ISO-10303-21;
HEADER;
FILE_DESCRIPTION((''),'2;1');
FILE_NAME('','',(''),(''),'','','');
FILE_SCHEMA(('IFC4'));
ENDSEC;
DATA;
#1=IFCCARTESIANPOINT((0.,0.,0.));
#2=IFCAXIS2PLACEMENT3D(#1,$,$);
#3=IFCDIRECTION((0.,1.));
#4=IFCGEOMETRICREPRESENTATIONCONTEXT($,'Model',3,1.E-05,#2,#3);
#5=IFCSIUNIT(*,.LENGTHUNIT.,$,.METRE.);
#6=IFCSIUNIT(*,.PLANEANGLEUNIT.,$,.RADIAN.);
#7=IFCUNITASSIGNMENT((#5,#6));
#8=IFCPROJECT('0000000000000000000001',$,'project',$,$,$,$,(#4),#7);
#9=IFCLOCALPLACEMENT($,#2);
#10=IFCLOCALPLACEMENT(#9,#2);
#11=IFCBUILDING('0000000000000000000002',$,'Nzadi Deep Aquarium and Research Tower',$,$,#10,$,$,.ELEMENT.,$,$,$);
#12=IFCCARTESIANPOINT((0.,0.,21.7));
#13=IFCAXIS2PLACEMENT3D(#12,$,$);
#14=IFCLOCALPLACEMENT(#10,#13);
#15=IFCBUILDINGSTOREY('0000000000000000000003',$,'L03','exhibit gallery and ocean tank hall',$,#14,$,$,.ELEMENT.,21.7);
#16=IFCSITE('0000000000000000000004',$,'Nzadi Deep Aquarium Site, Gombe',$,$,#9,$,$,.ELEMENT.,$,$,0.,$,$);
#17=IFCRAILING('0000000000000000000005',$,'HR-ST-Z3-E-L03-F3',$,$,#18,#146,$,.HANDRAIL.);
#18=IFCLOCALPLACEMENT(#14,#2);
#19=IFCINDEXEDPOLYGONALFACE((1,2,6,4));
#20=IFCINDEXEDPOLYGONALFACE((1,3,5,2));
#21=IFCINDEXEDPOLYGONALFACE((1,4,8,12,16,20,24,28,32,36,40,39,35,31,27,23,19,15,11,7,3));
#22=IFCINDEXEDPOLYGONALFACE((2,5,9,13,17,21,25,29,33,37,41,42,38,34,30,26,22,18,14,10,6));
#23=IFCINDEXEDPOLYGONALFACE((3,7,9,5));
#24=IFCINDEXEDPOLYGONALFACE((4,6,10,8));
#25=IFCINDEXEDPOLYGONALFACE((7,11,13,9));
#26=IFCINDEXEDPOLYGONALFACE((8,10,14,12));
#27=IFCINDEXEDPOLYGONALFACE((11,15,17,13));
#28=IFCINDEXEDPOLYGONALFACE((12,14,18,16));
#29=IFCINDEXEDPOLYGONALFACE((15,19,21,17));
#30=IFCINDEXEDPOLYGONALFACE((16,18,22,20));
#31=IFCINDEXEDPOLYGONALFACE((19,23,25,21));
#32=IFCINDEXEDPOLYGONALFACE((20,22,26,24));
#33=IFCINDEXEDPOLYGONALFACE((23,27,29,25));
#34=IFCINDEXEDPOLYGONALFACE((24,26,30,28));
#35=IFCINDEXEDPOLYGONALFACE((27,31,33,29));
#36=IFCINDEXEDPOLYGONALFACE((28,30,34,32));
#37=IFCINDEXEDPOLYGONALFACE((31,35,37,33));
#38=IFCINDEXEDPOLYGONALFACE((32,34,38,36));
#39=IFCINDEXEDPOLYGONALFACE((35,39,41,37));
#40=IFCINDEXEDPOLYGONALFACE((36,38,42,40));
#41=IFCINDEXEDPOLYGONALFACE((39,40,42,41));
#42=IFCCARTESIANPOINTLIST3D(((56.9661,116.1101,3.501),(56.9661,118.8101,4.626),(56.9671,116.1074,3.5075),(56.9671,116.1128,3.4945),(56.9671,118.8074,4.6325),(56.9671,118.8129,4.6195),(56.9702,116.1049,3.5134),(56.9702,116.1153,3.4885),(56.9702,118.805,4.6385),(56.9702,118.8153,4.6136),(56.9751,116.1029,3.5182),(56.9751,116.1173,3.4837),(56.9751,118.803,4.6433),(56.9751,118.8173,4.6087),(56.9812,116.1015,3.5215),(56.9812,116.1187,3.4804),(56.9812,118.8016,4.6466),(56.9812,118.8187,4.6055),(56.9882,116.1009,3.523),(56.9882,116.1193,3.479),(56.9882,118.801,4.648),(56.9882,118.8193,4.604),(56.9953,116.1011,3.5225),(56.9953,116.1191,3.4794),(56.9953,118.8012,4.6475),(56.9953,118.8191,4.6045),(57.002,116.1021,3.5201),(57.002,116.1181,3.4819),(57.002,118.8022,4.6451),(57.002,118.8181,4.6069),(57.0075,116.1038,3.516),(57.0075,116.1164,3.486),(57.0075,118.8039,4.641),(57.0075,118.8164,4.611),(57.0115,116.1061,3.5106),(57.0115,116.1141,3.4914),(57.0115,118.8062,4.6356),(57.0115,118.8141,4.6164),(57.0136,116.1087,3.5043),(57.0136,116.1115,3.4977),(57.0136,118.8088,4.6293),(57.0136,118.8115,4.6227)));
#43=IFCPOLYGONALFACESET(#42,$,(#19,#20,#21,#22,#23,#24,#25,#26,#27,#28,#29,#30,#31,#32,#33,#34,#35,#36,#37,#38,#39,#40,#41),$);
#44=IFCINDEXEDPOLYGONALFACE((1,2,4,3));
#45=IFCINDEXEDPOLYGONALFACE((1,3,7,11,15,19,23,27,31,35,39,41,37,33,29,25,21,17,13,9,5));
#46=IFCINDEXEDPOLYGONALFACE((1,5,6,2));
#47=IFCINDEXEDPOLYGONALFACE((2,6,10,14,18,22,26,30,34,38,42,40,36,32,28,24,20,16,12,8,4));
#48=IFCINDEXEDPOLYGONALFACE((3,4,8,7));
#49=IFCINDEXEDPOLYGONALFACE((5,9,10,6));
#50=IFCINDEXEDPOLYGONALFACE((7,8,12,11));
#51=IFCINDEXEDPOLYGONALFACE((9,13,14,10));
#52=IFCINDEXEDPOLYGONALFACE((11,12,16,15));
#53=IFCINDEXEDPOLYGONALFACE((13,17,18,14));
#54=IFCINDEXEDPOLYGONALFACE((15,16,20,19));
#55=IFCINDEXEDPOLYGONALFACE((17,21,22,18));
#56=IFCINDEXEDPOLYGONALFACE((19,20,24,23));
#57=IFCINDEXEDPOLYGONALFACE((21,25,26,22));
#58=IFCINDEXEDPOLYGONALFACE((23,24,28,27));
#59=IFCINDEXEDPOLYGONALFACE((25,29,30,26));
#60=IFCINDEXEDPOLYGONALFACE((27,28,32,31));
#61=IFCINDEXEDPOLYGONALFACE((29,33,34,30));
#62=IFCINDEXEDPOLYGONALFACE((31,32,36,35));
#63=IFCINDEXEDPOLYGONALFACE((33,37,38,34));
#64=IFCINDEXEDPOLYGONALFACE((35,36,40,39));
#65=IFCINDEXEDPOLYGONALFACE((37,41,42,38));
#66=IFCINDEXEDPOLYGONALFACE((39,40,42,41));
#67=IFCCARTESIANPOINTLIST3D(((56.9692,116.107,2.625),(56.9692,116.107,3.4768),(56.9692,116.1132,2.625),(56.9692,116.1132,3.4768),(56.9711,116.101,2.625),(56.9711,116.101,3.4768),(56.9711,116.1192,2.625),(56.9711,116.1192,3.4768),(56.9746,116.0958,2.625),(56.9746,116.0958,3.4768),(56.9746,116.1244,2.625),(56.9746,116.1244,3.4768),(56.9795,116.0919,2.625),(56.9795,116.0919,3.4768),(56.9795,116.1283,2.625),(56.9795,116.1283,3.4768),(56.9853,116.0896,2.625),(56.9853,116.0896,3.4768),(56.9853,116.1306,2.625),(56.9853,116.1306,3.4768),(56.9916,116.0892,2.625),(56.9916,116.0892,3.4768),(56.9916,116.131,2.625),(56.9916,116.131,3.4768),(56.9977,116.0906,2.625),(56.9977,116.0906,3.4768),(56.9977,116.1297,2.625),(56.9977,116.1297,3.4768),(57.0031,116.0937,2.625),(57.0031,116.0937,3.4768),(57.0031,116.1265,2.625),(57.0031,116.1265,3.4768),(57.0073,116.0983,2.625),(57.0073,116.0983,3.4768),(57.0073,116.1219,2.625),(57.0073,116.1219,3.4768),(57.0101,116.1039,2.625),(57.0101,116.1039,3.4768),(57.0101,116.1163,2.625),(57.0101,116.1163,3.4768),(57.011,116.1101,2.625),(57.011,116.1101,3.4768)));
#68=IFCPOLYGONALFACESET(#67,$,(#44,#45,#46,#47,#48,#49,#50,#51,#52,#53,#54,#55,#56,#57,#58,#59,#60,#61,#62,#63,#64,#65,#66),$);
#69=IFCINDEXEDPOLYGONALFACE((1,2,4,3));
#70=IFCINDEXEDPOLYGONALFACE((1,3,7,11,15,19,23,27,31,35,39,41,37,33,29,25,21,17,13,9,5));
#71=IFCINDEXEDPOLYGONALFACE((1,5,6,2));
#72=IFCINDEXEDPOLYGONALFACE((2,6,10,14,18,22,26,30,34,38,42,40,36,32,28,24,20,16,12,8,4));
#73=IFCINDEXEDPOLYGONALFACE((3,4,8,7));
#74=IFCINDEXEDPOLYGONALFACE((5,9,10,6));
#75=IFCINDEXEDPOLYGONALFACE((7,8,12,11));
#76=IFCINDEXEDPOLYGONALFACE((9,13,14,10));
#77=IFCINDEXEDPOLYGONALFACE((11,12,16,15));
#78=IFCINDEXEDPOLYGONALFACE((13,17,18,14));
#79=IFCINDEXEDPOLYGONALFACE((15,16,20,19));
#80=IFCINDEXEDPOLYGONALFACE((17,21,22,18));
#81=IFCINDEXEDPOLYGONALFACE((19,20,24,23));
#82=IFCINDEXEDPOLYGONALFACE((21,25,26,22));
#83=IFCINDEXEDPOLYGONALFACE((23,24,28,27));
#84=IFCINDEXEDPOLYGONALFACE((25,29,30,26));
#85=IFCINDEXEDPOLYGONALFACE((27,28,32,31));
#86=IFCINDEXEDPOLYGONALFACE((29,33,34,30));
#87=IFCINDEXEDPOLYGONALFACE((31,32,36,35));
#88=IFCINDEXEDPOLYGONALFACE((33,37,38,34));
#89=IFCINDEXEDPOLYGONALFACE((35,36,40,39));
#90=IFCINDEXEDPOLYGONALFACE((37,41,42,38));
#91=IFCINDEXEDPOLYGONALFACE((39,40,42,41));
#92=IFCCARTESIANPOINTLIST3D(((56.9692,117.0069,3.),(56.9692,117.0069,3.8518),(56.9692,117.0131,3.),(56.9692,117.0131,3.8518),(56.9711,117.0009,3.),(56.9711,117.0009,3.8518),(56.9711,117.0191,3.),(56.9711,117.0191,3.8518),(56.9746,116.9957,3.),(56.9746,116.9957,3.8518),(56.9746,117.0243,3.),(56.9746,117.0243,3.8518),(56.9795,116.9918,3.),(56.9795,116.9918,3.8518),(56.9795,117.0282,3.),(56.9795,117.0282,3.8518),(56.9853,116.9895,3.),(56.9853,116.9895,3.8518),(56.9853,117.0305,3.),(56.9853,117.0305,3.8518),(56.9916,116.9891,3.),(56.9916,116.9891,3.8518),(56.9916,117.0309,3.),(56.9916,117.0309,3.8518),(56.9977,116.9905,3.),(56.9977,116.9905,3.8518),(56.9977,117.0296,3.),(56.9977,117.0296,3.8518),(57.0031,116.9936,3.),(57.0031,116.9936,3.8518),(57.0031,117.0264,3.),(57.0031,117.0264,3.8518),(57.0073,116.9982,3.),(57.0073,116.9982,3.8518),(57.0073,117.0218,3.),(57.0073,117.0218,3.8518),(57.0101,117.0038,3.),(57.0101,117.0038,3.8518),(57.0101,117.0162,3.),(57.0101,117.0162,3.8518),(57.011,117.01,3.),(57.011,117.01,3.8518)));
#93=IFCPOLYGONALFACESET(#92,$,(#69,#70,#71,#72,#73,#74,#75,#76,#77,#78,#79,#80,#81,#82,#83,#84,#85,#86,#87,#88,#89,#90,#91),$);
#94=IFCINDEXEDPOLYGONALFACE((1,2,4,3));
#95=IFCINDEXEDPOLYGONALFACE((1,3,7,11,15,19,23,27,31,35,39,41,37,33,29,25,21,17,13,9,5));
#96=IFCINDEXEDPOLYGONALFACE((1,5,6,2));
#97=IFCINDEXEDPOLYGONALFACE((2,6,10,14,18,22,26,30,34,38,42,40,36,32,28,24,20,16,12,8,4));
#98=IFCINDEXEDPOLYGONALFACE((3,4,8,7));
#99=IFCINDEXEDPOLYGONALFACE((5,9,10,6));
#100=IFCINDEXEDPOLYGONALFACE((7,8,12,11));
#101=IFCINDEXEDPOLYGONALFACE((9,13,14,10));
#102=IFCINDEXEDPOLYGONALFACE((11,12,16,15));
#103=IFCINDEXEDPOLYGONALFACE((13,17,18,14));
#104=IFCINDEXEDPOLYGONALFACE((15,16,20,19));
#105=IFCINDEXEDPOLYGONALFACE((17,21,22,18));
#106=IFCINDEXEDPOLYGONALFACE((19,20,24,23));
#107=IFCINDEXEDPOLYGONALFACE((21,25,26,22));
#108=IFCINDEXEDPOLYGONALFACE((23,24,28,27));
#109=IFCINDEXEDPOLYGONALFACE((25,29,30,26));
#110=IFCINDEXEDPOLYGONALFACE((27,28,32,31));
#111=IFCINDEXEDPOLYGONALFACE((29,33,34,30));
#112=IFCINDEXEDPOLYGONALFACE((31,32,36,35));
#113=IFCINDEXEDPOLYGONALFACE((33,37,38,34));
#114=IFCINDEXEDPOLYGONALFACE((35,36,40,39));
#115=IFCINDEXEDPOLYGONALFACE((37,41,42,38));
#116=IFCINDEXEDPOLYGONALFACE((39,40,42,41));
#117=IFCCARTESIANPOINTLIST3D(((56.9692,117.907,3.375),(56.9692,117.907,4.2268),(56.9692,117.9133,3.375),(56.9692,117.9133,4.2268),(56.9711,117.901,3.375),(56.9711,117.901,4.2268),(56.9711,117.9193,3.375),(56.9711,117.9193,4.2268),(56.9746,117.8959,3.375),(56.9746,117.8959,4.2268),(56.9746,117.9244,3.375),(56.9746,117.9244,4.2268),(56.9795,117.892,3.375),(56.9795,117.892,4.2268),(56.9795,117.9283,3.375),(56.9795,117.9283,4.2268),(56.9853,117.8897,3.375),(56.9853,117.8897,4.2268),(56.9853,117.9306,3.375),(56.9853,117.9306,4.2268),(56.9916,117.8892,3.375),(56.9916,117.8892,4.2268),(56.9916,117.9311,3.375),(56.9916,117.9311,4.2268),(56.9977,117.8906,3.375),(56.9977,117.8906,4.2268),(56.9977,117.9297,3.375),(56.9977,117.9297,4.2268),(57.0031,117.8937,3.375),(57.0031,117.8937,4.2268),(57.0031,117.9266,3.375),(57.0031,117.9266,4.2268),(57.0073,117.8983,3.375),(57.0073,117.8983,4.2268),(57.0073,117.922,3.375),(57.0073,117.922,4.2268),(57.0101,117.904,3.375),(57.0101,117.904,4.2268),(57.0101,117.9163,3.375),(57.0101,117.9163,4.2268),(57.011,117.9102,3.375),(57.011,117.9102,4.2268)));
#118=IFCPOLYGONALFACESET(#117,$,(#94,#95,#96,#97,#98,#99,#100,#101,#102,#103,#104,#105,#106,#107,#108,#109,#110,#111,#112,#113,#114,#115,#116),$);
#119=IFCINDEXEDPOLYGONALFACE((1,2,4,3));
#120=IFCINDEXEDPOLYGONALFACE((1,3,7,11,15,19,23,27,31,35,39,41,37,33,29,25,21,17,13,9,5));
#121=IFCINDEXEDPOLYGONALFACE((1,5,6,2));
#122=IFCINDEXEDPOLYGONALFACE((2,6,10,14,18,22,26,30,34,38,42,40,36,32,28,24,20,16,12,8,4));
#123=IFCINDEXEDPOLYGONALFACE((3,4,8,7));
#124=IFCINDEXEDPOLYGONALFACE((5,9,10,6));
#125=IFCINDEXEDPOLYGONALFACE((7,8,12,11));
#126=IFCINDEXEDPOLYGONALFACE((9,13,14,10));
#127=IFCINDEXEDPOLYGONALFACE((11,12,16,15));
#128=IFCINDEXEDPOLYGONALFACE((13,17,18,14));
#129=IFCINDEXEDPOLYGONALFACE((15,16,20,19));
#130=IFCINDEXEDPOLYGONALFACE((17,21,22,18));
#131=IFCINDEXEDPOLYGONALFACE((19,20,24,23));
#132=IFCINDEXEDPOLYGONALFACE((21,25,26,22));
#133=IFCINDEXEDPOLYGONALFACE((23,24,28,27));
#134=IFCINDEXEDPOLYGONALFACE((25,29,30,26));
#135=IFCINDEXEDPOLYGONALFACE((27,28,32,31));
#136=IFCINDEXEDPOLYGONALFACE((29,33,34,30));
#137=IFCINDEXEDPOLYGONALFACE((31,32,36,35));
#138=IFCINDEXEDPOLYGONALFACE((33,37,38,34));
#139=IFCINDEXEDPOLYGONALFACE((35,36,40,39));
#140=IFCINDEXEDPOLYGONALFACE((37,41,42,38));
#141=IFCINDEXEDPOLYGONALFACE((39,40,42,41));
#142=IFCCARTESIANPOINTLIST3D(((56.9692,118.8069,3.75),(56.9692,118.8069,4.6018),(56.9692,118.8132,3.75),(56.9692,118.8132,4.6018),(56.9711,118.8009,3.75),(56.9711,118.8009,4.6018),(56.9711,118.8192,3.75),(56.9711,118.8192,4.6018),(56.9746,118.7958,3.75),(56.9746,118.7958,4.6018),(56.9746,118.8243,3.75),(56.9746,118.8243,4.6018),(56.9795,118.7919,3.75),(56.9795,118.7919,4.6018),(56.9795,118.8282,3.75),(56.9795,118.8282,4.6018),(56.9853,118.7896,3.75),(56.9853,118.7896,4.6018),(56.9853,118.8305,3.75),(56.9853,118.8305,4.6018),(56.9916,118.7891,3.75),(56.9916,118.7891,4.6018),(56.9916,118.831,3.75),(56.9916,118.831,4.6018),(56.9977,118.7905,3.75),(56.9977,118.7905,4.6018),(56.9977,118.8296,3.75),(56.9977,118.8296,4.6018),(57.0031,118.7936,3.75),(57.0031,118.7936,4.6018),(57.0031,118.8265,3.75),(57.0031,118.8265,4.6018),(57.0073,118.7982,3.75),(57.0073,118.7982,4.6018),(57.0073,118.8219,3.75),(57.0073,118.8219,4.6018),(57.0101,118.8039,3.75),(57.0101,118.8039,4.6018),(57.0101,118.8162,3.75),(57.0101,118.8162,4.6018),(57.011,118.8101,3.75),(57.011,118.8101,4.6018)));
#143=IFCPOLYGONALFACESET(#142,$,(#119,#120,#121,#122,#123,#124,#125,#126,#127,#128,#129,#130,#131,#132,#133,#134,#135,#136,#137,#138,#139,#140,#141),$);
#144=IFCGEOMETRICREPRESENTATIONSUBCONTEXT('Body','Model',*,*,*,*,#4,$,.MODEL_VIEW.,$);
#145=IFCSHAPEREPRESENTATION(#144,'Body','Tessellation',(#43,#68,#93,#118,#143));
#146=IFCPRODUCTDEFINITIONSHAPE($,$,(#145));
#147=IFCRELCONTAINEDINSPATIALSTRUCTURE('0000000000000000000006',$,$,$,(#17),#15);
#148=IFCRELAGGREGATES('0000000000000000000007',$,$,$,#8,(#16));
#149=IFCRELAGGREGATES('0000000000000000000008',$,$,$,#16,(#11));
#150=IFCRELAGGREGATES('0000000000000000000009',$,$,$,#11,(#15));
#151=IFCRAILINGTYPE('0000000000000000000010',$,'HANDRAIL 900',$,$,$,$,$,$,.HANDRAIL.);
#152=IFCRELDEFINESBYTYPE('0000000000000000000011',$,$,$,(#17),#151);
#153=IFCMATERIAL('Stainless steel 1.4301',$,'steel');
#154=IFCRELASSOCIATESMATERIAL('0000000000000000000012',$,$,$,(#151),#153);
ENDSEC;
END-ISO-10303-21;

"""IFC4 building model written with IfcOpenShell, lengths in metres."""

from ifc_helpers import new_model, si_unit, direction, frame, origin, origin_2d, place, context, subcontext, project, spatial, circle, extrude, material, type_object, element, save


model = new_model("IFC4")

# Units and contexts
model_context = context("Model", 3, precision=1e-05, world=origin(), true_north=direction((0.0, 1.0)))
body_context = subcontext(model_context, "Body", "Model", "MODEL_VIEW")
ifc_project = project(units=[si_unit("LENGTHUNIT", "METRE"), si_unit("PLANEANGLEUNIT", "RADIAN")], contexts=[model_context])

# Site, building, storey
site_placement = place(None, origin())
site = spatial("IfcSite", under=ifc_project, at=site_placement, Name="Nzadi Deep Aquarium Site, Gombe", CompositionType="ELEMENT", RefElevation=0.0)
building_placement = place(site_placement, origin())
building = spatial("IfcBuilding", under=site, at=building_placement, Name="Nzadi Deep Aquarium and Research Tower", CompositionType="ELEMENT")
storey_placement = place(building_placement, frame((0.0, 0.0, 21.7)))
storey = spatial("IfcBuildingStorey", under=building, at=storey_placement, Name="L03", Description="exhibit gallery and ocean tank hall", CompositionType="ELEMENT", Elevation=21.7)

# Railing
ifc_material_1 = material(Name="Stainless steel 1.4301", Category="steel")
railing_type = type_object("IfcRailingType", Name="HANDRAIL 900", PredefinedType="HANDRAIL", material=ifc_material_1)
railing_1_placement = place(storey_placement, frame((56.99, 116.1101, 2.625)))
element("IfcRailing", 1, at=railing_1_placement, inside=storey, type_object=railing_type, Name="HR-ST-Z3-E-L03-F3", PredefinedType="HANDRAIL", context=body_context, shape_type="SweptSolid", body=[
    extrude(circle(Radius=0.0239, at=origin_2d()), frame((0.0, 0.0, 0.876), z_axis=(0.0, 0.923074, 0.384621), x_axis=(-1.0, 0.0, 0.0)), (0.0, 0.0, 1.0), 2.925),
    extrude(circle(Radius=0.021, at=origin_2d()), origin(), (0.0, 0.0, 1.0), 0.8518),
    extrude(circle(Radius=0.021, at=origin_2d()), frame((0.0, 0.8999, 0.375)), (0.0, 0.0, 1.0), 0.8518),
    extrude(circle(Radius=0.021, at=origin_2d()), frame((0.0, 1.8, 0.75)), (0.0, 0.0, 1.0), 0.8518),
    extrude(circle(Radius=0.021, at=origin_2d()), frame((0.0, 2.7, 1.125)), (0.0, 0.0, 1.0), 0.8518),
])

save(model, "model.ifc")
